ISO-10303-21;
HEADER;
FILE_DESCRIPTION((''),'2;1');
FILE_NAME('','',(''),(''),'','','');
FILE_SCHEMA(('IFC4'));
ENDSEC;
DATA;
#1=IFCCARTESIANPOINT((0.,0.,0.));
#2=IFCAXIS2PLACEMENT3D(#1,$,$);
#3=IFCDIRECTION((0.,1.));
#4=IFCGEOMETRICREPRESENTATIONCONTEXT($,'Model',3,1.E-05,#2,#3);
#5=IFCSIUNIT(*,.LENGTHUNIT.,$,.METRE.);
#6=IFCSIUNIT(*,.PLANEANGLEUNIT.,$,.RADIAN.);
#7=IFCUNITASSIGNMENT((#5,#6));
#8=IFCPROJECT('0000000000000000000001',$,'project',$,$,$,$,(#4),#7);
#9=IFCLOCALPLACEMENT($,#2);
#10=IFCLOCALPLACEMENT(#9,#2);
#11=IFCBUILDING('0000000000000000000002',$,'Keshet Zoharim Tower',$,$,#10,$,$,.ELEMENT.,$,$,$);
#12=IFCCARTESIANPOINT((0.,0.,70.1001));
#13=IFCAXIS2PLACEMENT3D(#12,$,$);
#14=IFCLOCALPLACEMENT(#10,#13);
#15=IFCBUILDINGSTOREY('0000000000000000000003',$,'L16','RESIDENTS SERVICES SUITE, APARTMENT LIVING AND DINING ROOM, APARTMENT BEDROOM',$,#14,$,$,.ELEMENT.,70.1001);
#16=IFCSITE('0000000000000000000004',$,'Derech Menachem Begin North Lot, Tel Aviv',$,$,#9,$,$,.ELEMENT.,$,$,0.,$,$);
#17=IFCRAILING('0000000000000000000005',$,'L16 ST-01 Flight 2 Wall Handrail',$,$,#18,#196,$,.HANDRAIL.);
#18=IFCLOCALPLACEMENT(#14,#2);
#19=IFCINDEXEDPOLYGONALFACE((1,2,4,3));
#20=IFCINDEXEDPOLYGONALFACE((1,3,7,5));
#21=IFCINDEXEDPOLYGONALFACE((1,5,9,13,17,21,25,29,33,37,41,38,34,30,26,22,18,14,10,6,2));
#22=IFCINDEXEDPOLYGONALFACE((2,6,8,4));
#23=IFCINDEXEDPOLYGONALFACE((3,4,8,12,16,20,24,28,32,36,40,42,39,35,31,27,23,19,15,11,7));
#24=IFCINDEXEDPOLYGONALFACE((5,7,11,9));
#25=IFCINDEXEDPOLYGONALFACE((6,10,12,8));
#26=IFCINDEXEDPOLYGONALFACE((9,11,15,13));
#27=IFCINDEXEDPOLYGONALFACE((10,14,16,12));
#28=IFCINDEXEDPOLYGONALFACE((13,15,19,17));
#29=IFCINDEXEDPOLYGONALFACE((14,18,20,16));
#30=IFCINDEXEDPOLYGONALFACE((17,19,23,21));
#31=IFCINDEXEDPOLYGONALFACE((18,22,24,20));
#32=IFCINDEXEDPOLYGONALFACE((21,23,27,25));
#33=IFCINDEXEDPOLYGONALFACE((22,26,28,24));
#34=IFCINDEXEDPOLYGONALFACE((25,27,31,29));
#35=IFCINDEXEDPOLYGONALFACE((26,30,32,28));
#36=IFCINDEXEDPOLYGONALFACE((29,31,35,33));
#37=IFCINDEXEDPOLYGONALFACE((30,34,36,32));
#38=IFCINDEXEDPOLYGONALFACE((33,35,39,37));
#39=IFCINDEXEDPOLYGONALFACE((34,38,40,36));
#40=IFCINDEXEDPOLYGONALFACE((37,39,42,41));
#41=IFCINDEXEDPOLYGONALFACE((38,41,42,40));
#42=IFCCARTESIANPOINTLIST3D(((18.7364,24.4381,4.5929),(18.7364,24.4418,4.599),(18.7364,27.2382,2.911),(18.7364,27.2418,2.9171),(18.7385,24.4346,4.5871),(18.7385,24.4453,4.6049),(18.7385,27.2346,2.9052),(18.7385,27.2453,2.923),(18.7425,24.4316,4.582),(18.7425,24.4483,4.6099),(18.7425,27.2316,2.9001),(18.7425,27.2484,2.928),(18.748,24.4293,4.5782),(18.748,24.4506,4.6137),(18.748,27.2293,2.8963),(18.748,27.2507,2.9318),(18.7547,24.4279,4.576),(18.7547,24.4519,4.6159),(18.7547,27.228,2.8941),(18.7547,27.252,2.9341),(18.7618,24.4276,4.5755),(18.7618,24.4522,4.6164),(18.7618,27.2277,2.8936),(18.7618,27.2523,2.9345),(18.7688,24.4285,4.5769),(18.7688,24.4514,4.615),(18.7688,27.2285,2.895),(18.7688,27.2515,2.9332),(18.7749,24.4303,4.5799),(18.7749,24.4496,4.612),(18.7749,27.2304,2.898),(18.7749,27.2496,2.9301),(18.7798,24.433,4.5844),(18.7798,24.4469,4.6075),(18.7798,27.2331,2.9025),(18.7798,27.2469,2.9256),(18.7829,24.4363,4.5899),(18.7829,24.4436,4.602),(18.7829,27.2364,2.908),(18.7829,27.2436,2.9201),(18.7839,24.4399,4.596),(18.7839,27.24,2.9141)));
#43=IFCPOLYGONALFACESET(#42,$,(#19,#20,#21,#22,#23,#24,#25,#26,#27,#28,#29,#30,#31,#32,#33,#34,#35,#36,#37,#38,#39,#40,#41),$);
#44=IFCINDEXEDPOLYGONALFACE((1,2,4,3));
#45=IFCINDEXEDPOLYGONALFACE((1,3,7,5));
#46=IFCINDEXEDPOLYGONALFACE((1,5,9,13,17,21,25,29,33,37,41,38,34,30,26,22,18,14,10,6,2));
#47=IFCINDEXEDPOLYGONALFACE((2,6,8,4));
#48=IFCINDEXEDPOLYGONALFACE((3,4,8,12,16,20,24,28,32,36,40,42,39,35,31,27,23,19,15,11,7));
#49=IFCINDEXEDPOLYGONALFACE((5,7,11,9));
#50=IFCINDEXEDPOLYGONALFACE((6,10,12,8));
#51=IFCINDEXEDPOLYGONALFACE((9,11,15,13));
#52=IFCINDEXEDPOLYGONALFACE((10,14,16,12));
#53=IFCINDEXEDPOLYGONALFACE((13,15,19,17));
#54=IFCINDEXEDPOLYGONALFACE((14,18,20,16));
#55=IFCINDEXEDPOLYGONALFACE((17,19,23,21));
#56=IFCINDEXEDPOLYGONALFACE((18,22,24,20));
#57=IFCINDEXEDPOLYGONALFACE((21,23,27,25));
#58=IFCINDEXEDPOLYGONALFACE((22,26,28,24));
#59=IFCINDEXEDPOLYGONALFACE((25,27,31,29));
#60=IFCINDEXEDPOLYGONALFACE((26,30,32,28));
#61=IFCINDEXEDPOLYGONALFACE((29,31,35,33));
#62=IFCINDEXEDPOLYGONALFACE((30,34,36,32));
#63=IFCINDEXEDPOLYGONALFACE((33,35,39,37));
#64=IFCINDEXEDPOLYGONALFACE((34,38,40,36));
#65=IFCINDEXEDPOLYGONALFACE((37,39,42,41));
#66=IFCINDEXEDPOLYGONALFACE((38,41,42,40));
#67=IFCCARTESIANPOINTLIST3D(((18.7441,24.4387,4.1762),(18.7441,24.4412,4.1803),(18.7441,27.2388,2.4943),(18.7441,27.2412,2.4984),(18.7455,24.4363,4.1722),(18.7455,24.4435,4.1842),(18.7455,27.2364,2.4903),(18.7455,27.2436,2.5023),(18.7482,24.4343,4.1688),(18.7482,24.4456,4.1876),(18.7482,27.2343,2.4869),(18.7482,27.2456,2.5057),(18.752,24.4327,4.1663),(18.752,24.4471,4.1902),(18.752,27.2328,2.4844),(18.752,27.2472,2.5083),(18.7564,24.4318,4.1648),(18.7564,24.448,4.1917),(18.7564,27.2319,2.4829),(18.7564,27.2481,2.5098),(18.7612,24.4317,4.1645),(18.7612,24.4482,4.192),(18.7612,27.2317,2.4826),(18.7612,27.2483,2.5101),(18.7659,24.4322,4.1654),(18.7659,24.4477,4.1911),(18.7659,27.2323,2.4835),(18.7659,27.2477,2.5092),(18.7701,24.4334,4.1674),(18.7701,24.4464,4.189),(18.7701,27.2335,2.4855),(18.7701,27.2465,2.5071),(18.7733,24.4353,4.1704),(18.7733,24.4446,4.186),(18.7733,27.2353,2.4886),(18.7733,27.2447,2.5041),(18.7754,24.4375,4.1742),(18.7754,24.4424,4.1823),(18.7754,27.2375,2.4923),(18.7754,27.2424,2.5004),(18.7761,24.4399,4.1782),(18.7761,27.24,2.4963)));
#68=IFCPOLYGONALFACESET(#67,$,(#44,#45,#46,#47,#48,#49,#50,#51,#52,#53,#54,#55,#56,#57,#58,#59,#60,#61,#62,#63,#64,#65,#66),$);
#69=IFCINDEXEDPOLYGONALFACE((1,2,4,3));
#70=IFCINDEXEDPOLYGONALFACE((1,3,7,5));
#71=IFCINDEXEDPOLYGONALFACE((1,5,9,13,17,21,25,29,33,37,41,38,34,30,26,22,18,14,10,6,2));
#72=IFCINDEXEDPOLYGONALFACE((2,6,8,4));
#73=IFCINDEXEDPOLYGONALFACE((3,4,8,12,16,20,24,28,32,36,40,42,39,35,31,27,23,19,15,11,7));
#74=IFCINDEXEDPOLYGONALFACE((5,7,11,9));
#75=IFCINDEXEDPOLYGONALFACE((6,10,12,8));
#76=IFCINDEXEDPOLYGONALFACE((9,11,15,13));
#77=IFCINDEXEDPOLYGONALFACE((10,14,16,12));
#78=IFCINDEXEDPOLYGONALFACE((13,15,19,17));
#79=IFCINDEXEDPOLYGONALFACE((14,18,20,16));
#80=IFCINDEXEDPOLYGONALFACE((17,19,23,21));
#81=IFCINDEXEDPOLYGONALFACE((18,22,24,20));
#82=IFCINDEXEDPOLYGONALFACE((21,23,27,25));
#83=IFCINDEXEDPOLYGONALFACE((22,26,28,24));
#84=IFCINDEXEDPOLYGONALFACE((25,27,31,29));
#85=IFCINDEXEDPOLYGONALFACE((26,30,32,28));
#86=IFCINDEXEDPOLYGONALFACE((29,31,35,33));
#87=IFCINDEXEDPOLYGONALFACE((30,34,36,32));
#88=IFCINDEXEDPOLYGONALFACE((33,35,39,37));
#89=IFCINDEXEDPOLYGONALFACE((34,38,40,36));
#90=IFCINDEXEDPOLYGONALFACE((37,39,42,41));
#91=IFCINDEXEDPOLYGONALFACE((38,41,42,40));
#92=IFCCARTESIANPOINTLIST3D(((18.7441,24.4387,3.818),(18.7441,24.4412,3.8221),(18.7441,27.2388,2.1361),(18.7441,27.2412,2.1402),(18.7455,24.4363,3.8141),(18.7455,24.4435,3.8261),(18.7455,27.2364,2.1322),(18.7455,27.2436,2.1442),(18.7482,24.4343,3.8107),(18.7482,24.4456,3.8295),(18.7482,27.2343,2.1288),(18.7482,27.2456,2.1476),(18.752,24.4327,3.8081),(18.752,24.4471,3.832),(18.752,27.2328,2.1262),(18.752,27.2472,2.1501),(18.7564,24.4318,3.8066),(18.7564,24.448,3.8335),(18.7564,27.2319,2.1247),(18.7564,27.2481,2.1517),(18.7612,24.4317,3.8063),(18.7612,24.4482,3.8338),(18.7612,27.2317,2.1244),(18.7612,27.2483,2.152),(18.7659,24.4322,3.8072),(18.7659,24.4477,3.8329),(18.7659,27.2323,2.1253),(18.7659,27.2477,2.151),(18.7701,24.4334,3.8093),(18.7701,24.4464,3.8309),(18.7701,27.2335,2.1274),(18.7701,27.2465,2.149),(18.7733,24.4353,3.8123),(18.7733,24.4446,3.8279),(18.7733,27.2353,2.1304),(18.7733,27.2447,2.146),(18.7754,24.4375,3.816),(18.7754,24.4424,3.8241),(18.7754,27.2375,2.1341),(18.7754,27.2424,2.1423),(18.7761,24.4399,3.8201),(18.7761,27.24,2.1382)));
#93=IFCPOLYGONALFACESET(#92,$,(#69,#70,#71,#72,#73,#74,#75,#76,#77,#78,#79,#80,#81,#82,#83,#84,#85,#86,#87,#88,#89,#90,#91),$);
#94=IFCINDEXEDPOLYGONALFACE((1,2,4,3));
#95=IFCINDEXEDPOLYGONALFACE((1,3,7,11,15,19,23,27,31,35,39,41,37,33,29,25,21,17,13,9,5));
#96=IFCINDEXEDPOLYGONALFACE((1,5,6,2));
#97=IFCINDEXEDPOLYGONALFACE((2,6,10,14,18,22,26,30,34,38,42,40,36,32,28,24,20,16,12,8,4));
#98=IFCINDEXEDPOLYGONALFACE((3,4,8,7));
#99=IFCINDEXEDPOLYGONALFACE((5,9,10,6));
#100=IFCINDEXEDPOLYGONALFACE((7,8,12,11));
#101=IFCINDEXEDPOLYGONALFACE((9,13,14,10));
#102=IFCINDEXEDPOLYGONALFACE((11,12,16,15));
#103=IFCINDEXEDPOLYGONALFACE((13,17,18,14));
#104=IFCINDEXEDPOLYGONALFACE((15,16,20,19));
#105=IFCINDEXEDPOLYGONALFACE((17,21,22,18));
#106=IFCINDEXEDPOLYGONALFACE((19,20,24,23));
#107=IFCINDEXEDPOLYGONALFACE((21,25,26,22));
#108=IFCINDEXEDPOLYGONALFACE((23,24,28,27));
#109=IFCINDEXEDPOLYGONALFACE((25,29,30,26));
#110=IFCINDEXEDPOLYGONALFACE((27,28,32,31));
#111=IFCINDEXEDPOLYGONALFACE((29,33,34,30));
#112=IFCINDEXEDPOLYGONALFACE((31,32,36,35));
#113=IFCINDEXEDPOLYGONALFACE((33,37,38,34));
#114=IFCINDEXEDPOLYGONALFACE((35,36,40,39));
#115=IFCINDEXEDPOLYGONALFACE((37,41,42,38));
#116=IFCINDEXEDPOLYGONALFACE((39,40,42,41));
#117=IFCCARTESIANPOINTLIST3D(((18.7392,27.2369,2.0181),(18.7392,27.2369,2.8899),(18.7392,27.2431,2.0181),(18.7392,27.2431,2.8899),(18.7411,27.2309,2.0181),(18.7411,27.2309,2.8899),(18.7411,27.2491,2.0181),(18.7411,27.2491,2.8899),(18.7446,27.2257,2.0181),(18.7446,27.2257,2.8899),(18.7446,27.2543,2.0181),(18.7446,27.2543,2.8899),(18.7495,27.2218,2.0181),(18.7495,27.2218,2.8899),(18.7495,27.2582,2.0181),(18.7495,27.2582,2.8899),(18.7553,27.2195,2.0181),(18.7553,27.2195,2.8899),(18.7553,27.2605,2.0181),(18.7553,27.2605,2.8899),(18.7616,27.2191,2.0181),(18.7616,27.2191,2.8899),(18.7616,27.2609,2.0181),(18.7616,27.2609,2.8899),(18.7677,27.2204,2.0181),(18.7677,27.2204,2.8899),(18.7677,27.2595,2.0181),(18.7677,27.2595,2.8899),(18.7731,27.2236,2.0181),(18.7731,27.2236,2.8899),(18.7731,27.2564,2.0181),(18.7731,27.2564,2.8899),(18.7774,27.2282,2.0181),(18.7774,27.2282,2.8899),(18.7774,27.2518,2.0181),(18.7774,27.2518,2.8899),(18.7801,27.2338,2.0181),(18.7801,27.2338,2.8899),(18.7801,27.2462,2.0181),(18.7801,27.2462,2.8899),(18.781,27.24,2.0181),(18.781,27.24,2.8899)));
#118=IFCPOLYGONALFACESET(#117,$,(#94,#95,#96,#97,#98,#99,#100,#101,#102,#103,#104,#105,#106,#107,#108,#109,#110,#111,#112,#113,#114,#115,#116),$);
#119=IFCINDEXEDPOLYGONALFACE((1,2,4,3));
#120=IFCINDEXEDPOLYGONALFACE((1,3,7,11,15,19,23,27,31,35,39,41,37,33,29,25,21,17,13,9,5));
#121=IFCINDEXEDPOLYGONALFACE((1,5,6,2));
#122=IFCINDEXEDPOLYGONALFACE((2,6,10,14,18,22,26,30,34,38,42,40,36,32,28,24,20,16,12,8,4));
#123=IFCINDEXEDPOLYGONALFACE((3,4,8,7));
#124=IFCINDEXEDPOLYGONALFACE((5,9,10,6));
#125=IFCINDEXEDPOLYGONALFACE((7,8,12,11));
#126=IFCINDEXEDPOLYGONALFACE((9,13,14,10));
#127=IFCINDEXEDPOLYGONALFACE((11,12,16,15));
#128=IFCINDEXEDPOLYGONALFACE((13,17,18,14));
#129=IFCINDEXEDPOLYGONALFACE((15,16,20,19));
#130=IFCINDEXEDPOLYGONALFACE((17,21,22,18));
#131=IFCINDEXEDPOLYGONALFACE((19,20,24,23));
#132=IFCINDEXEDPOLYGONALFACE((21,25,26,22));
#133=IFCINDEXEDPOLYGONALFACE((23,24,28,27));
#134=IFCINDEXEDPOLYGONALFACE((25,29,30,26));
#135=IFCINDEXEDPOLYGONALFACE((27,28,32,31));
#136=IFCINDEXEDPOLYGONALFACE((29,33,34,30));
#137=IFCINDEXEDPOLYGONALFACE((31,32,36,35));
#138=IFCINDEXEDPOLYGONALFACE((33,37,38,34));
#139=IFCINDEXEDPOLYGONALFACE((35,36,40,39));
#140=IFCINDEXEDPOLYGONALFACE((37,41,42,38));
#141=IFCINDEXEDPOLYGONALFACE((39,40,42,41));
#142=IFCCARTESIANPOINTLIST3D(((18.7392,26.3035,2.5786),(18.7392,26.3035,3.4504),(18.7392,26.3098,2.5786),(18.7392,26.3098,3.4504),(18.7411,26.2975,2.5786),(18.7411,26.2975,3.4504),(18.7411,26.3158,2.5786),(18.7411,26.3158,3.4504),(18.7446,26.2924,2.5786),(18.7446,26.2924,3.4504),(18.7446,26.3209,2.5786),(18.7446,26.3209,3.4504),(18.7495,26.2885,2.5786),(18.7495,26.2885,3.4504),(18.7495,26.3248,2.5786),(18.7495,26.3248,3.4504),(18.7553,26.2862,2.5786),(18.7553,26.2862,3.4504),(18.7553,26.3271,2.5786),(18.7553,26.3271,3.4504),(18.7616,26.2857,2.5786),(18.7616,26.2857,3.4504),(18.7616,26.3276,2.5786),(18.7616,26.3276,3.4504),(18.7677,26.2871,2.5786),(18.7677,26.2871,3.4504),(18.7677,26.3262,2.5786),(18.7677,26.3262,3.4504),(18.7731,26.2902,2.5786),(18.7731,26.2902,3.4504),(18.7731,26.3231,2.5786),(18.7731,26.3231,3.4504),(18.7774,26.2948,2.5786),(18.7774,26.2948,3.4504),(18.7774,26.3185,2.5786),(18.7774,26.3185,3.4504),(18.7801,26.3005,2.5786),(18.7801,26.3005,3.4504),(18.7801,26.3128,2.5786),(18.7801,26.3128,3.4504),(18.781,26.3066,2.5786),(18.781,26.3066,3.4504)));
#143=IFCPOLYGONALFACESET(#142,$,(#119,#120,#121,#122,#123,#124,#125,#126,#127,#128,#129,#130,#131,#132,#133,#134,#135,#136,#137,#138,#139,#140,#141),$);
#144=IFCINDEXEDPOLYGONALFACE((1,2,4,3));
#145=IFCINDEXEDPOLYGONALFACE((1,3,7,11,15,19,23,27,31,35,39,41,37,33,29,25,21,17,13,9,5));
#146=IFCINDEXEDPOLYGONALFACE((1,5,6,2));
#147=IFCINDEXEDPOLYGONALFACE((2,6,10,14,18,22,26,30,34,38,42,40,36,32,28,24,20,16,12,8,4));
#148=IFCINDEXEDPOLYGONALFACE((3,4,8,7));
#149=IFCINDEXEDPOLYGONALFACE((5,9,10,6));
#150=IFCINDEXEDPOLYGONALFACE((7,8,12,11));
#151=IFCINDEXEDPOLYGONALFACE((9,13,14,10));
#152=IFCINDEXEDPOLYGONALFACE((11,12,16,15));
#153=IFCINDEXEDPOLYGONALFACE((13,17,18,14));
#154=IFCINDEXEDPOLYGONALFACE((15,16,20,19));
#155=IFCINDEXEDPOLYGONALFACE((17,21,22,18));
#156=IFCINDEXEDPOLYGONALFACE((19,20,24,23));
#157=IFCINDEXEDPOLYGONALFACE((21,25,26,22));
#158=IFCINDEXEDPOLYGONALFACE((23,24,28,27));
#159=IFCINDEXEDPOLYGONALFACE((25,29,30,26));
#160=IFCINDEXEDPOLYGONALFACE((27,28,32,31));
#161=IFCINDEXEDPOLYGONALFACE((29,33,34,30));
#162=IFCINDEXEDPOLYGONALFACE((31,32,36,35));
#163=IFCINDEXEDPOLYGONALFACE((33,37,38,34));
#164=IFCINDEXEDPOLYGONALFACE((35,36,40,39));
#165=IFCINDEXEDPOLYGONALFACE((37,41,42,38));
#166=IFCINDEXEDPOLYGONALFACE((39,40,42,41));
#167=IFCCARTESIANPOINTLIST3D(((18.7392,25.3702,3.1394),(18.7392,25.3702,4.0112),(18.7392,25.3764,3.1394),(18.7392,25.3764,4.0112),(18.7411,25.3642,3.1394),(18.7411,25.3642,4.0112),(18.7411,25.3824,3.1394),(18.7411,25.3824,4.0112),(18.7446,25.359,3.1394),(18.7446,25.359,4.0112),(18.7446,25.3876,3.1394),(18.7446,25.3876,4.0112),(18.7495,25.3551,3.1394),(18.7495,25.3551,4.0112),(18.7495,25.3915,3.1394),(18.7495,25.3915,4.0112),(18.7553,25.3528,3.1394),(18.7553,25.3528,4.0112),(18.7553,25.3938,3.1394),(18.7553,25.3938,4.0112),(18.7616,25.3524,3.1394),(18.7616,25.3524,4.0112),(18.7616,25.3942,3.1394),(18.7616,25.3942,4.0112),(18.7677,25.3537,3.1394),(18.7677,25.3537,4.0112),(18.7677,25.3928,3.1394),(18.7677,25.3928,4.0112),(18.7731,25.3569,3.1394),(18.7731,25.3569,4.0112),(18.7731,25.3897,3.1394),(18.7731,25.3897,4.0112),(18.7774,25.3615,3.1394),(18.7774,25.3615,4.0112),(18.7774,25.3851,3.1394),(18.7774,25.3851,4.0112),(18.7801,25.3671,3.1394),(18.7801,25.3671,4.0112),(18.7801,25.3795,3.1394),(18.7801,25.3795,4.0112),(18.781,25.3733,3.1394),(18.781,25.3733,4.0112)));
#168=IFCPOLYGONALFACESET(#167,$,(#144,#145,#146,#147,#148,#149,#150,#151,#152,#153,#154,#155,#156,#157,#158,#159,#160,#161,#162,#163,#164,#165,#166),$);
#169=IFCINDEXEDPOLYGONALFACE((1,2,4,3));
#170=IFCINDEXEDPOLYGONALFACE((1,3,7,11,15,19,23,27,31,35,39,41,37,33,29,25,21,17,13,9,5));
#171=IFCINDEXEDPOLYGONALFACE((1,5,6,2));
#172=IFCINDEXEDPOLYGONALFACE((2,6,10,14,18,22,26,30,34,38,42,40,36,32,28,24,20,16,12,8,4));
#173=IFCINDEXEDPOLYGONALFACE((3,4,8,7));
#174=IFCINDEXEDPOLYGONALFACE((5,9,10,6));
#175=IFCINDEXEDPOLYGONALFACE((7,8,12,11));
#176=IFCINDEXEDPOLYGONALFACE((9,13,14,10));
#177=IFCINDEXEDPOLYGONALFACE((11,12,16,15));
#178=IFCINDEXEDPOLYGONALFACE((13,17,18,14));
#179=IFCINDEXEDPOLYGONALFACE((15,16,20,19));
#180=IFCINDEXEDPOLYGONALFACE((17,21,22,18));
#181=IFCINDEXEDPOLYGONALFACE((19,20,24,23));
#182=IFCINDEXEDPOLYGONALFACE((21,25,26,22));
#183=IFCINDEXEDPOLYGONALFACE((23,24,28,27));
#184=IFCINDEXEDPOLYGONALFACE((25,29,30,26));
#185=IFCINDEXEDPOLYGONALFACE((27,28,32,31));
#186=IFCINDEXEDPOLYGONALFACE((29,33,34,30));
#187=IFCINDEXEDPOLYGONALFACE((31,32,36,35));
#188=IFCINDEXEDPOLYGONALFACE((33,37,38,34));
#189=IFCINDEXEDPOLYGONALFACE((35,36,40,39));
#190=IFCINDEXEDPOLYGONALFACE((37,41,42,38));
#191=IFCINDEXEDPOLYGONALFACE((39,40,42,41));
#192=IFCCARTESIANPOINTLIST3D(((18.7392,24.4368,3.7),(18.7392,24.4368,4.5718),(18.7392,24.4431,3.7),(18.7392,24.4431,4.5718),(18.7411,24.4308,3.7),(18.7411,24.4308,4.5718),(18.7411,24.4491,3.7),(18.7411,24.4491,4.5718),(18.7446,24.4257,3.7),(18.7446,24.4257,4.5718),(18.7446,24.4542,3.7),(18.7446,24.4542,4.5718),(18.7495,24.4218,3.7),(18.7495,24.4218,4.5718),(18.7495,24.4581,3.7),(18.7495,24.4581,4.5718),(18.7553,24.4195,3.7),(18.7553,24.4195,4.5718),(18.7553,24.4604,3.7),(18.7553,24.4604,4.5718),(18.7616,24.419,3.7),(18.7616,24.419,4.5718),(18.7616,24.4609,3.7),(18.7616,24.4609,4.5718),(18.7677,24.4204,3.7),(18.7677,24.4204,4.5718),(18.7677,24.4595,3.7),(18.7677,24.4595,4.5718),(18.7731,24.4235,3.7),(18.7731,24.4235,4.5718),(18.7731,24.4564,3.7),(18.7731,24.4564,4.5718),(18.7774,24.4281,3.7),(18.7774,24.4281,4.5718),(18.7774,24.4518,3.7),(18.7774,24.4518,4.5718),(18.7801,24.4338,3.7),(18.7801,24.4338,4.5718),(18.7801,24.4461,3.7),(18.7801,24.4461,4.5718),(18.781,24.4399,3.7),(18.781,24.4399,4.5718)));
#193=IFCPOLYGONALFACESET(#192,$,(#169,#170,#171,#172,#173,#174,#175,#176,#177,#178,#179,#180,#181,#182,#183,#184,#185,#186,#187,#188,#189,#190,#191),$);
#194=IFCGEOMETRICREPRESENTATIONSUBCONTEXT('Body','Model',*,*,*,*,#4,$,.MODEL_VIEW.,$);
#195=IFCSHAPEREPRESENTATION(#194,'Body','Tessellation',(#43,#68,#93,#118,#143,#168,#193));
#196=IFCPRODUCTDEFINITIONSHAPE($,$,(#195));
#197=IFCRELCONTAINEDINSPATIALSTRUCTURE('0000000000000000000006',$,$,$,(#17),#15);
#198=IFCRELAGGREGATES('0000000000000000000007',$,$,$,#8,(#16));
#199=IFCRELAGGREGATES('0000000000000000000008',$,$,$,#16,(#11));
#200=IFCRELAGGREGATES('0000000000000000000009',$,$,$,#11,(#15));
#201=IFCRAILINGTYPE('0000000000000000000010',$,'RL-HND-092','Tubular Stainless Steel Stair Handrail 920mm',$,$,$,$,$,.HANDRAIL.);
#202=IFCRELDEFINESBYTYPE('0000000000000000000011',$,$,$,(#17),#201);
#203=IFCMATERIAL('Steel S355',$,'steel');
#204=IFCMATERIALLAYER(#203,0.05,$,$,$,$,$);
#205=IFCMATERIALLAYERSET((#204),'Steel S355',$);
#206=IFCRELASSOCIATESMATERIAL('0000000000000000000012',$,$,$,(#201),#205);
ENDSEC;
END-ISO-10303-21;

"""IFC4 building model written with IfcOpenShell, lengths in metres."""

from ifc_helpers import new_model, si_unit, direction, frame, origin, origin_2d, place, context, subcontext, project, spatial, circle, extrude, material, layer, layer_set, type_object, element, save


model = new_model("IFC4")

# Units and contexts
model_context = context("Model", 3, precision=1e-05, world=origin(), true_north=direction((0.0, 1.0)))
body_context = subcontext(model_context, "Body", "Model", "MODEL_VIEW")
ifc_project = project(units=[si_unit("LENGTHUNIT", "METRE"), si_unit("PLANEANGLEUNIT", "RADIAN")], contexts=[model_context])

# Site, building, storey
site_placement = place(None, origin())
site = spatial("IfcSite", under=ifc_project, at=site_placement, Name="Derech Menachem Begin North Lot, Tel Aviv", CompositionType="ELEMENT", RefElevation=0.0)
building_placement = place(site_placement, origin())
building = spatial("IfcBuilding", under=site, at=building_placement, Name="Keshet Zoharim Tower", CompositionType="ELEMENT")
storey_placement = place(building_placement, frame((0.0, 0.0, 70.1001)))
storey = spatial("IfcBuildingStorey", under=building, at=storey_placement, Name="L16", Description="RESIDENTS SERVICES SUITE, APARTMENT LIVING AND DINING ROOM, APARTMENT BEDROOM", CompositionType="ELEMENT", Elevation=70.1001)

# Shared definitions
ifc_material_1 = material(Name="Steel S355", Category="steel")

# Railing
ifc_layer_1 = layer(ifc_material_1, 0.05)
ifc_layer_set_1 = layer_set([ifc_layer_1], Name="Steel S355")
railing_type_1 = type_object("IfcRailingType", Name="RL-HND-092", Description="Tubular Stainless Steel Stair Handrail 920mm", PredefinedType="HANDRAIL", material=ifc_layer_set_1)
railing_1_placement = place(storey_placement, frame((18.76, 27.24, 2.0181)))
element("IfcRailing", 1, at=railing_1_placement, inside=storey, type_object=railing_type_1, Name="L16 ST-01 Flight 2 Wall Handrail", PredefinedType="HANDRAIL", context=body_context, shape_type="SweptSolid", body=[
    extrude(circle(Radius=0.0239, at=origin_2d()), frame((0.0, 0.0, 0.896), z_axis=(0.0, -0.857242, 0.514913), x_axis=(1.0, 0.0, 0.0)), (0.0, 0.0, 1.0), 3.2664),
    extrude(circle(Radius=0.0161, at=origin_2d()), frame((0.0, 0.0, 0.4783), z_axis=(0.0, -0.857242, 0.514913), x_axis=(1.0, 0.0, 0.0)), (0.0, 0.0, 1.0), 3.2664),
    extrude(circle(Radius=0.0161, at=origin_2d()), frame((0.0, 0.0, 0.1201), z_axis=(0.0, -0.857242, 0.514913), x_axis=(1.0, 0.0, 0.0)), (0.0, 0.0, 1.0), 3.2664),
    extrude(circle(Radius=0.021, at=origin_2d()), origin(), (0.0, 0.0, 1.0), 0.8718),
    extrude(circle(Radius=0.021, at=origin_2d()), frame((0.0, -0.9333, 0.5605)), (0.0, 0.0, 1.0), 0.8718),
    extrude(circle(Radius=0.021, at=origin_2d()), frame((0.0, -1.8667, 1.1213)), (0.0, 0.0, 1.0), 0.8718),
    extrude(circle(Radius=0.021, at=origin_2d()), frame((0.0, -2.8, 1.6819)), (0.0, 0.0, 1.0), 0.8718),
])

save(model, "model.ifc")
